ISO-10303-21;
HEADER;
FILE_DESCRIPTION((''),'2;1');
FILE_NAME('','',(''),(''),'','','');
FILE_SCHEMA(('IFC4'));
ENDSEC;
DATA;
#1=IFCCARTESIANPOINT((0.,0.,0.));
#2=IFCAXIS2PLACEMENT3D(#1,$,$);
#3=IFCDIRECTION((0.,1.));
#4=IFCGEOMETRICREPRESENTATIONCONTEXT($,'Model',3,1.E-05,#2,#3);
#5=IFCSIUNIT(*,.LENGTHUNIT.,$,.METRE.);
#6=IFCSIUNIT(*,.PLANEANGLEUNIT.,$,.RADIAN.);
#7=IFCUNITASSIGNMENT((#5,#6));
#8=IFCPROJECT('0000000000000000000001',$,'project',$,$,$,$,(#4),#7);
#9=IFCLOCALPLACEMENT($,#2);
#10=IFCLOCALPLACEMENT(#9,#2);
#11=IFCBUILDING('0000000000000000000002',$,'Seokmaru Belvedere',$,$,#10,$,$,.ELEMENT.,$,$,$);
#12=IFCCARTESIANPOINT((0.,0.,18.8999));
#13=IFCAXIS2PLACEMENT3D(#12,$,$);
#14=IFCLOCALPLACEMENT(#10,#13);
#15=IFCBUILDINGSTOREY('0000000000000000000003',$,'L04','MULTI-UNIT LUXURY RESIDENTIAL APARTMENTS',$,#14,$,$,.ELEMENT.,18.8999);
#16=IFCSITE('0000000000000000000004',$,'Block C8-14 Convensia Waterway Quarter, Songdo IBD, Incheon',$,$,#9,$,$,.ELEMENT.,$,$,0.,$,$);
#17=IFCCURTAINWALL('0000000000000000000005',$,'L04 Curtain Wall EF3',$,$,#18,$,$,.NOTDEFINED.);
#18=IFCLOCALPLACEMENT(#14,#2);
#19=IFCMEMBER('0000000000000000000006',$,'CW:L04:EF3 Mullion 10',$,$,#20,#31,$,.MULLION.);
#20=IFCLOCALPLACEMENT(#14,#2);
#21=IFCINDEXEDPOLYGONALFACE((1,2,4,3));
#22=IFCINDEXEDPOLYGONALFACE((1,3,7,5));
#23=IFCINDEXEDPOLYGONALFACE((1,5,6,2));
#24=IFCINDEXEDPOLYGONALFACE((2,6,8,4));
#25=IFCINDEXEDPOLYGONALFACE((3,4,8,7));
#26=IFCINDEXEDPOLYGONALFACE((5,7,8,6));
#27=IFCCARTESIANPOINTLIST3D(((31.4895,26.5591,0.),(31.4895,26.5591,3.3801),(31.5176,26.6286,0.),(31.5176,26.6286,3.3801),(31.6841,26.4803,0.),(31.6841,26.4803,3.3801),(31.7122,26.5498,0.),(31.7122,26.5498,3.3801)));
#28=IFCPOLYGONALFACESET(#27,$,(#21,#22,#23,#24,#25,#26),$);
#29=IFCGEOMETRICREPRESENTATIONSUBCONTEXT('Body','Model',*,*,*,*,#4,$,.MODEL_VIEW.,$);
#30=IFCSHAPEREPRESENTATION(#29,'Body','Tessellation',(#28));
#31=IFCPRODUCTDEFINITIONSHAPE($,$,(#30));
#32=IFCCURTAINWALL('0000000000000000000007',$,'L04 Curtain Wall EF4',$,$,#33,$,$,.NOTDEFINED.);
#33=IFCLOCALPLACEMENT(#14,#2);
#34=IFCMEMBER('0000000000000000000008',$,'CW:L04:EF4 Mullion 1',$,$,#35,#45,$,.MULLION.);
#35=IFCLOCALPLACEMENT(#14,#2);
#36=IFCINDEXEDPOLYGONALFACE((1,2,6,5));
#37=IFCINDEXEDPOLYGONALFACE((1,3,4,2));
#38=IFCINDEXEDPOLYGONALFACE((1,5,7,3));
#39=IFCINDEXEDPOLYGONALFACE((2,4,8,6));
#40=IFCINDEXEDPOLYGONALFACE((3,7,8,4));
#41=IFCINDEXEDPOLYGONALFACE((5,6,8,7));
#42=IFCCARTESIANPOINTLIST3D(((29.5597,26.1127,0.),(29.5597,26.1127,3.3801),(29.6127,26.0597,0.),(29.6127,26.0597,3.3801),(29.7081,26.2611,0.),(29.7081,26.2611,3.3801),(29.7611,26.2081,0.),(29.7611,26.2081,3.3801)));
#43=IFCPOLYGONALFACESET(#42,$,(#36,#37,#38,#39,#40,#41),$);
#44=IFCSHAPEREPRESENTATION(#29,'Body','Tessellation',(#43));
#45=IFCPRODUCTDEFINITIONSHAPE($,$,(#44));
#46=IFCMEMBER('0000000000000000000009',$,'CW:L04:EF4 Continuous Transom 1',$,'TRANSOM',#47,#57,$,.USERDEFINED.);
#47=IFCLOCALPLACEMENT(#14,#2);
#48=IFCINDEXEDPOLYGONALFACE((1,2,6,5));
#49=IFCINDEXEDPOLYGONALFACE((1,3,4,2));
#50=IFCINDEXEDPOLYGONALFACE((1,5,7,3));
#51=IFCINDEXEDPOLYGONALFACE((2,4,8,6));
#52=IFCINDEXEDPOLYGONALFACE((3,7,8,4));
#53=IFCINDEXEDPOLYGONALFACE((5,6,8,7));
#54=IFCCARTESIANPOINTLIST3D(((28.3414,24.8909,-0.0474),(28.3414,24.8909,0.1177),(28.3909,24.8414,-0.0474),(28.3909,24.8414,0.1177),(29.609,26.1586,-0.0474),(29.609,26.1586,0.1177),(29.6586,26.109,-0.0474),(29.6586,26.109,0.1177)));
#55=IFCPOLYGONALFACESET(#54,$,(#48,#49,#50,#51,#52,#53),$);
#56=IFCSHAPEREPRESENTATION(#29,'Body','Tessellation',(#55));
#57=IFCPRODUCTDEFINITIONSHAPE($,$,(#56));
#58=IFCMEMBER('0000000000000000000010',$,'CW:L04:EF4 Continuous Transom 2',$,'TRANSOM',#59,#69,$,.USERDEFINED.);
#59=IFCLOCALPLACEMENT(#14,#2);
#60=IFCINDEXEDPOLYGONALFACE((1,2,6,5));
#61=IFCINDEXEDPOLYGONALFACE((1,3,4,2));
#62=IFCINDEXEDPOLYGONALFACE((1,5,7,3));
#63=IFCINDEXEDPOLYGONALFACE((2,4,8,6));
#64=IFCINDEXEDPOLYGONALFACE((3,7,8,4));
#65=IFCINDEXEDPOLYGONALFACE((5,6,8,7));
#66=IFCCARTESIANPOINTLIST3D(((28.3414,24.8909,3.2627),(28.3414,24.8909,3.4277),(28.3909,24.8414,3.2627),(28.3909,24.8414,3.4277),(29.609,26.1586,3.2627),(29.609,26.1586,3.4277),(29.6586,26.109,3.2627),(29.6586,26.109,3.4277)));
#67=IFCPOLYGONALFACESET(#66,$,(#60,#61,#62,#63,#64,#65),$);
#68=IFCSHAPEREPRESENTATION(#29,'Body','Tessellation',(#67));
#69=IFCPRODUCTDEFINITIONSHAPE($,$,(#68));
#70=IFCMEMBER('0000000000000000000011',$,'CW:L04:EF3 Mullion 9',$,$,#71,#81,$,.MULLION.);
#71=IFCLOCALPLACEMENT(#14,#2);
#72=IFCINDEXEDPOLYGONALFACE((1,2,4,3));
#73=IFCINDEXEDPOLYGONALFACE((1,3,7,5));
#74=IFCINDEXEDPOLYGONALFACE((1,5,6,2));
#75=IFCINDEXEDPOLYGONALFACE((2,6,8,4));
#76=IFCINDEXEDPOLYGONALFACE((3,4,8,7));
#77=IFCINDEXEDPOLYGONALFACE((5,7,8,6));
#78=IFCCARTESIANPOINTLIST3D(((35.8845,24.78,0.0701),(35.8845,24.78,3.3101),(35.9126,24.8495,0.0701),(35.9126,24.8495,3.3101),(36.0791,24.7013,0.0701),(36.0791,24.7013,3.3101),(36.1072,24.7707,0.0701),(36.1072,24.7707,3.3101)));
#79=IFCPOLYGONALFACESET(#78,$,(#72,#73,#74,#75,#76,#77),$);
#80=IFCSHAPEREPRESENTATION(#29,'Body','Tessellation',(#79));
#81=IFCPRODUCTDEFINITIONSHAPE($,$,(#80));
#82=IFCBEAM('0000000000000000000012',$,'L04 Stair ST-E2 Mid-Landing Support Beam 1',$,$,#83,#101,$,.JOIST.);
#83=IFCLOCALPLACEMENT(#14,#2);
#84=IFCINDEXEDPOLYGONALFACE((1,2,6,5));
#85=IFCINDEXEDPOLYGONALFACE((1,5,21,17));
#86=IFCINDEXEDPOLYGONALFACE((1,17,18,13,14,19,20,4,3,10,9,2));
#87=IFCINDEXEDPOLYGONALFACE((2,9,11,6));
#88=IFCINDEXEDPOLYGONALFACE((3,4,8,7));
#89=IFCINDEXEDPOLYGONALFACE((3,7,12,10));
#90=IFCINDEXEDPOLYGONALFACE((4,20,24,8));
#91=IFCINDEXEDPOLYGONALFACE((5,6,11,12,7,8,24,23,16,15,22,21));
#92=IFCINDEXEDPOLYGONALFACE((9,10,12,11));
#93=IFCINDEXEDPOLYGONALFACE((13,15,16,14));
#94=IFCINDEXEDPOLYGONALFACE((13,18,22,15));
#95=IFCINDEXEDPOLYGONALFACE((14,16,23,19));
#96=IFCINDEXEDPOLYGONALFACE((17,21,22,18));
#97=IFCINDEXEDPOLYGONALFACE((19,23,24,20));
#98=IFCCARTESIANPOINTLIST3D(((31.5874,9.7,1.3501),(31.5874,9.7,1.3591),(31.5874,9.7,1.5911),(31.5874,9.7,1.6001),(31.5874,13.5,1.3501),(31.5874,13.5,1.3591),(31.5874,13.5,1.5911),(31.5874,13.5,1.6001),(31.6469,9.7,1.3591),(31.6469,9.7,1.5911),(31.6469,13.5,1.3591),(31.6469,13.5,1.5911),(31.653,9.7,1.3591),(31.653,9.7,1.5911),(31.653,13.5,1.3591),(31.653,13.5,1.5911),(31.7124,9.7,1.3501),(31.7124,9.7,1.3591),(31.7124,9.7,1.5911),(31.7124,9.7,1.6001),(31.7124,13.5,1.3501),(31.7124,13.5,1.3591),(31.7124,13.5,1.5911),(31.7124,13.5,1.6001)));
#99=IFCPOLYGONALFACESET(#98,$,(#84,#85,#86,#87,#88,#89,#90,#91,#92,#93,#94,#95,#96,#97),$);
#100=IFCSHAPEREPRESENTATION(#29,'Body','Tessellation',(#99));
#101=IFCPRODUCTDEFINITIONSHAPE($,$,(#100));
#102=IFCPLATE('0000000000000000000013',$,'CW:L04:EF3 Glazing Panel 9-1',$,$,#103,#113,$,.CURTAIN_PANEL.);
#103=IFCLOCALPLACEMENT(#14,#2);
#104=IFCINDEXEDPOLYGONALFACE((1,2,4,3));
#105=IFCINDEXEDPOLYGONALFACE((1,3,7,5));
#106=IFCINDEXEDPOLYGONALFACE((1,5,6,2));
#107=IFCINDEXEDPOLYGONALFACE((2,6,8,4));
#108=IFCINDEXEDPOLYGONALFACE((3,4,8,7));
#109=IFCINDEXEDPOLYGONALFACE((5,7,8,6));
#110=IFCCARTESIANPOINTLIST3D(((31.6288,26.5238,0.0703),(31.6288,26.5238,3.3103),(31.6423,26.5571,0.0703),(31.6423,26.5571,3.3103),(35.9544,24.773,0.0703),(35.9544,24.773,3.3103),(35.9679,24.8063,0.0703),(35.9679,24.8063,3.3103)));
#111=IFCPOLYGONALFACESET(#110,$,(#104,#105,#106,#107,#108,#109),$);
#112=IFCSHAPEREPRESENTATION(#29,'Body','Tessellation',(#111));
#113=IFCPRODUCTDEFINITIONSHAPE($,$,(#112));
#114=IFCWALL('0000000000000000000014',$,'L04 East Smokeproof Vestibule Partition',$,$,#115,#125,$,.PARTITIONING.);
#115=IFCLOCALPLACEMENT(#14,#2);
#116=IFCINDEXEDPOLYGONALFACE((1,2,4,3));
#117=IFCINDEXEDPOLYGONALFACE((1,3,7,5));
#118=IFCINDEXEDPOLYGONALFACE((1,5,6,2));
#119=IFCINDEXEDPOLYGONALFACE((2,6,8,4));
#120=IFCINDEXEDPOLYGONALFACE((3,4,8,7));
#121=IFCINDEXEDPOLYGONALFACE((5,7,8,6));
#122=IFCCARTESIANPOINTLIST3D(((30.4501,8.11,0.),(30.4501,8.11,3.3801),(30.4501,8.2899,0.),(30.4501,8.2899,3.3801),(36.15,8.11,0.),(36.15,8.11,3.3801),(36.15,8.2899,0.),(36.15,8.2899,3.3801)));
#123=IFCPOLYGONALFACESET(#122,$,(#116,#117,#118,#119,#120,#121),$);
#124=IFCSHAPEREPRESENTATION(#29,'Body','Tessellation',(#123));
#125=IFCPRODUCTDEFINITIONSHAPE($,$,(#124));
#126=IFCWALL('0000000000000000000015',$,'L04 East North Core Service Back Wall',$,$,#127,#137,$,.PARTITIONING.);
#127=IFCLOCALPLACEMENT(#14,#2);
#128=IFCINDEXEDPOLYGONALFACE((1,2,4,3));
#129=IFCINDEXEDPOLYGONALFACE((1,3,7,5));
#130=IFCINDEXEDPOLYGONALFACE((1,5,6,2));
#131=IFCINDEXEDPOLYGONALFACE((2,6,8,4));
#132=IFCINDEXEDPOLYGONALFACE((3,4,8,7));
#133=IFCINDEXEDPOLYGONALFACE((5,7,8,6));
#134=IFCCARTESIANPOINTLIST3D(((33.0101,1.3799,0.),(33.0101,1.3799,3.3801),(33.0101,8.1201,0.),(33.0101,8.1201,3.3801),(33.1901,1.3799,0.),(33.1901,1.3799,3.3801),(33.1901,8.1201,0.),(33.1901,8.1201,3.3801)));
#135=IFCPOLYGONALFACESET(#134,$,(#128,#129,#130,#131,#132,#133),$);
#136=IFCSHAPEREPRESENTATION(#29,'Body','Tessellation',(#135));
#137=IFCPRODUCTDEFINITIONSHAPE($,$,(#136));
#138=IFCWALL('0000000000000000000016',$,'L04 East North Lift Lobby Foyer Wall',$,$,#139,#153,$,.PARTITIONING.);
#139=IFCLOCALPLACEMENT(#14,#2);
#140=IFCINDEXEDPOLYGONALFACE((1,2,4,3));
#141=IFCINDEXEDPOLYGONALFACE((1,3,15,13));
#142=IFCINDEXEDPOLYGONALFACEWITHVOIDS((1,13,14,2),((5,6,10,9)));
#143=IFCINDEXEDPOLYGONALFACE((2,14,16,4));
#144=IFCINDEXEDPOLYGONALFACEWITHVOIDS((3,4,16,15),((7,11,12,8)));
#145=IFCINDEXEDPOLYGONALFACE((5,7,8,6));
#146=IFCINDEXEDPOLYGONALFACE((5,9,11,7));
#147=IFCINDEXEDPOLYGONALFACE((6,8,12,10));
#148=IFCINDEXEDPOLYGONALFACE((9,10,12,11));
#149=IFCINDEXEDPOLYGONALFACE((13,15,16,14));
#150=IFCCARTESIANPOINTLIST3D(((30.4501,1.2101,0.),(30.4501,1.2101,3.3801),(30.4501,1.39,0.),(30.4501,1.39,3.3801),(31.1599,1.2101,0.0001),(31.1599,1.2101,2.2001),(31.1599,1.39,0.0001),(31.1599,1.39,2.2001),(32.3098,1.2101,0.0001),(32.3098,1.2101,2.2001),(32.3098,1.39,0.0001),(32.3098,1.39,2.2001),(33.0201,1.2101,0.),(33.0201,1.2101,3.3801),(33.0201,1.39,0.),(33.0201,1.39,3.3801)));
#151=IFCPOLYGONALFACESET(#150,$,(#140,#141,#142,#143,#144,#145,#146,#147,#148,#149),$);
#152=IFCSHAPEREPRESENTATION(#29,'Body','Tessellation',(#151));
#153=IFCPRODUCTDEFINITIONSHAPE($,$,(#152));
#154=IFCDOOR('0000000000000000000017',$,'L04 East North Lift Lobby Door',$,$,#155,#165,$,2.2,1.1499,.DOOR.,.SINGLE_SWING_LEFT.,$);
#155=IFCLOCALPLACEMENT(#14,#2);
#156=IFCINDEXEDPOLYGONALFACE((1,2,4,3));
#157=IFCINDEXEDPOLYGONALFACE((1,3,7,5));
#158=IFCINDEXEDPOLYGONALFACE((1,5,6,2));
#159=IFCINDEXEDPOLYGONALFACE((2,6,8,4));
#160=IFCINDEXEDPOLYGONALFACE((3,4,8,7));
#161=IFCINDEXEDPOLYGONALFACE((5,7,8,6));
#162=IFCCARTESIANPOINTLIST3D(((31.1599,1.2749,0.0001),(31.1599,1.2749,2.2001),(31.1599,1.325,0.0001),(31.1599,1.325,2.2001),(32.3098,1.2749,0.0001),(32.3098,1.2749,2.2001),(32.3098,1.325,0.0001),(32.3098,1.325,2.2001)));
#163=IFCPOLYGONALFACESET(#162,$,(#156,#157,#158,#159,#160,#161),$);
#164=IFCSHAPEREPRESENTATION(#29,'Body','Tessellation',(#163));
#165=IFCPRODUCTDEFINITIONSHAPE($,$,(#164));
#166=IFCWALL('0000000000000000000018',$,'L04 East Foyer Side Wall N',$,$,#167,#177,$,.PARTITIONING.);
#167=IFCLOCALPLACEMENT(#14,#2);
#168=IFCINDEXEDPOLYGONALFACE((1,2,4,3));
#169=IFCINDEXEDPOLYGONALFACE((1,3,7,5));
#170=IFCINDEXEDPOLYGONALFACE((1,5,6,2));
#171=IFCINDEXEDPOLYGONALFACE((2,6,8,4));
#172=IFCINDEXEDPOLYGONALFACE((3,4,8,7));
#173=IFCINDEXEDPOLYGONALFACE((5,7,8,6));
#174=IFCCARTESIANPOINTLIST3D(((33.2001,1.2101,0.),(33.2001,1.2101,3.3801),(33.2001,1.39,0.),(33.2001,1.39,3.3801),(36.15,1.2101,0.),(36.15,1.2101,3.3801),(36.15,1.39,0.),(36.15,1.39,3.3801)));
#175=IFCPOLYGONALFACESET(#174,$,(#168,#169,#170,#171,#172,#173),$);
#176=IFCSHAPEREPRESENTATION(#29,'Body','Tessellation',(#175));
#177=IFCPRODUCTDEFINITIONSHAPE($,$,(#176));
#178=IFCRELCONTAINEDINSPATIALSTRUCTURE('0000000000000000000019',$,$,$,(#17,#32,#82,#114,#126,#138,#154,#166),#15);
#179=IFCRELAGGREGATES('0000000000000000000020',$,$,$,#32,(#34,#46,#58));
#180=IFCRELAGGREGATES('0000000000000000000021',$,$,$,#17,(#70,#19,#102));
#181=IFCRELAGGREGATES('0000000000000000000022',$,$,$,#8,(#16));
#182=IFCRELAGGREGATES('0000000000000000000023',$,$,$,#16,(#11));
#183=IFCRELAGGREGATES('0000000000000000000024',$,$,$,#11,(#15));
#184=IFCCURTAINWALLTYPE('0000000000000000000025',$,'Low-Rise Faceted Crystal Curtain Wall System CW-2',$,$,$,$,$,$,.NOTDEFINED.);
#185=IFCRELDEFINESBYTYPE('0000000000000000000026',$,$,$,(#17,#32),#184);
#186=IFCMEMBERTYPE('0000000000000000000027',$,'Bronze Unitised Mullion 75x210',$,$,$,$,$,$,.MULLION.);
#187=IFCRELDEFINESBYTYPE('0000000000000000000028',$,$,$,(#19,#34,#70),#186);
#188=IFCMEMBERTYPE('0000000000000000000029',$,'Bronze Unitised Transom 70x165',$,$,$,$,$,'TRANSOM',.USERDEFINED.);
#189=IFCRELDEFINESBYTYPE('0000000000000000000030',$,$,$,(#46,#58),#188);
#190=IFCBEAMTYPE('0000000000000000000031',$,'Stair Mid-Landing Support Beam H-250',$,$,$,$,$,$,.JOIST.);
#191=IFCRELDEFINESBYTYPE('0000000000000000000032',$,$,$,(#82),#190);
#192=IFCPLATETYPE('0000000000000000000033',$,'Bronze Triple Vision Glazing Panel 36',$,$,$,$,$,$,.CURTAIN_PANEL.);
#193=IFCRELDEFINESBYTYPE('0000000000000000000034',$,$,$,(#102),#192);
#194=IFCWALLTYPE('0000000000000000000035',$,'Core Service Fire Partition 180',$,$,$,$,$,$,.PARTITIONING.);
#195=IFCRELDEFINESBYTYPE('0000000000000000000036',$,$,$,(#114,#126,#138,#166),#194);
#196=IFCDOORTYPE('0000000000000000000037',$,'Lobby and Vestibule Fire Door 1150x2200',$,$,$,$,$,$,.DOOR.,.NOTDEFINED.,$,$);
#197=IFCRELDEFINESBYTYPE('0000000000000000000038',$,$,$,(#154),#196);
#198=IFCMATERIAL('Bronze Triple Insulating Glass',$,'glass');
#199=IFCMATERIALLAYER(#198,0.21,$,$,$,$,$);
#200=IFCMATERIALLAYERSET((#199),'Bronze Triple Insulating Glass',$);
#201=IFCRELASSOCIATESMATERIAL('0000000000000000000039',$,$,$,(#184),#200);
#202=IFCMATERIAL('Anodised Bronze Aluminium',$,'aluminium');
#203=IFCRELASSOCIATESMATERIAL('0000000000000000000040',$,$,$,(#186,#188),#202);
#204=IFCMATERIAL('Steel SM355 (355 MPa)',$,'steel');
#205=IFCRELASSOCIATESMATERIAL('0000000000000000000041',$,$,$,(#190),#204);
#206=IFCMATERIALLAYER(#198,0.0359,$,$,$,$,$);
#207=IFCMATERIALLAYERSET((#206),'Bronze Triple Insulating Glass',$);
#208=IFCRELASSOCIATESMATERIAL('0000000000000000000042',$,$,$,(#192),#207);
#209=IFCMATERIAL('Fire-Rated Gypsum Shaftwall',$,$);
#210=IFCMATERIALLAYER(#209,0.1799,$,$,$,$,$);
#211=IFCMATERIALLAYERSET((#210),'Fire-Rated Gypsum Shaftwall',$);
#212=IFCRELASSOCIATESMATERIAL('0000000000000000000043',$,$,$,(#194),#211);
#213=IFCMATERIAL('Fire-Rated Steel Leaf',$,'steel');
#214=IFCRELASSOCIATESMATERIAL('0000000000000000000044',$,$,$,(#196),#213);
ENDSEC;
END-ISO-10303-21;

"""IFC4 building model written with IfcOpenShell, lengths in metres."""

from ifc_helpers import new_model, si_unit, direction, frame, frame_2d, origin, origin_2d, place, context, subcontext, project, spatial, rectangle, i_section, extrude, source, transform, mapped, material, layer, layer_set, material_profile, profile_set, type_object, type_shapes, element, fill, aggregate, save


model = new_model("IFC4")

# Units and contexts
model_context = context("Model", 3, precision=1e-05, world=origin(), true_north=direction((0.0, 1.0)))
body_context = subcontext(model_context, "Body", "Model", "MODEL_VIEW")
ifc_project = project(units=[si_unit("LENGTHUNIT", "METRE"), si_unit("PLANEANGLEUNIT", "RADIAN")], contexts=[model_context])

# Site, building, storey
site_placement = place(None, origin())
site = spatial("IfcSite", under=ifc_project, at=site_placement, Name="Block C8-14 Convensia Waterway Quarter, Songdo IBD, Incheon", CompositionType="ELEMENT", RefElevation=0.0)
building_placement = place(site_placement, origin())
building = spatial("IfcBuilding", under=site, at=building_placement, Name="Seokmaru Belvedere", CompositionType="ELEMENT")
storey_placement = place(building_placement, frame((0.0, 0.0, 18.8999)))
storey = spatial("IfcBuildingStorey", under=building, at=storey_placement, Name="L04", Description="MULTI-UNIT LUXURY RESIDENTIAL APARTMENTS", CompositionType="ELEMENT", Elevation=18.8999)

# Shared definitions
ifc_material_1 = material(Name="Steel SM355 (355 MPa)", Category="steel")

# Curtain wall, member
ifc_material_2 = material(Name="Bronze Triple Insulating Glass", Category="glass")
ifc_layer_1 = layer(ifc_material_2, 0.21)
ifc_layer_set_1 = layer_set([ifc_layer_1], Name="Bronze Triple Insulating Glass")
curtain_wall_type = type_object("IfcCurtainWallType", Name="Low-Rise Faceted Crystal Curtain Wall System CW-2", PredefinedType="NOTDEFINED", material=ifc_layer_set_1)
curtain_wall_1_placement = place(storey_placement, origin())
curtain_wall_1 = element("IfcCurtainWall", 1, at=curtain_wall_1_placement, inside=storey, type_object=curtain_wall_type, Name="L04 Curtain Wall EF3", PredefinedType="NOTDEFINED")
ifc_material_3 = material(Name="Anodised Bronze Aluminium", Category="aluminium")
ifc_material_profile_1 = material_profile(ifc_material_3, rectangle(XDim=0.075, YDim=0.21, at=origin_2d()), Name="CW-M-75x210")
ifc_profile_set_1 = profile_set([ifc_material_profile_1], Name="Anodised Bronze Aluminium")
member_type_1 = type_object("IfcMemberType", Name="Bronze Unitised Mullion 75x210", PredefinedType="MULLION", material=ifc_profile_set_1)
shared_shape_1 = source(origin(), body_context, "Body", "SweptSolid", [
    extrude(rectangle(XDim=0.075, YDim=0.21, at=origin_2d()), origin(), (0.0, 0.0, 1.0), 3.3801),
])
member_1_placement = place(storey_placement, frame((31.6008, 26.5544, 0.0), z_axis=(0.0, 0.0, 1.0), x_axis=(-0.375192, -0.926947, 0.0)))
member_1 = element("IfcMember", 2, at=member_1_placement, type_object=member_type_1, Name="CW:L04:EF3 Mullion 10", PredefinedType="MULLION", context=body_context, shape_type="MappedRepresentation", body=[
    mapped(shared_shape_1, transform((0.0, 0.0, 0.0), scale=1.0)),
])

# Curtain wall, members
curtain_wall_2_placement = place(storey_placement, origin())
curtain_wall_2 = element("IfcCurtainWall", 3, at=curtain_wall_2_placement, inside=storey, type_object=curtain_wall_type, Name="L04 Curtain Wall EF4", PredefinedType="NOTDEFINED")
member_2_placement = place(storey_placement, frame((29.6604, 26.1604, 0.0), z_axis=(0.0, 0.0, 1.0), x_axis=(0.707107, -0.707107, 0.0)))
member_2 = element("IfcMember", 4, at=member_2_placement, type_object=member_type_1, Name="CW:L04:EF4 Mullion 1", PredefinedType="MULLION", context=body_context, shape_type="MappedRepresentation", body=[
    mapped(shared_shape_1, transform((0.0, 0.0, 0.0), scale=1.0)),
])
ifc_material_profile_2 = material_profile(ifc_material_3, rectangle(XDim=0.0701, YDim=0.165, at=origin_2d()), Name="CW-T-70x165")
ifc_profile_set_2 = profile_set([ifc_material_profile_2], Name="Anodised Bronze Aluminium")
member_type_2 = type_object("IfcMemberType", Name="Bronze Unitised Transom 70x165", ElementType="TRANSOM", PredefinedType="USERDEFINED", material=ifc_profile_set_2)
shared_shape_2 = source(origin(), body_context, "Body", "SweptSolid", [
    extrude(rectangle(XDim=0.0701, YDim=0.165, at=origin_2d()), origin(), (0.0, 0.0, 1.0), 1.7927),
])
type_shapes(member_type_2, [shared_shape_2])
member_3_placement = place(storey_placement, frame((29.6338, 26.1338, 0.0352), z_axis=(-0.707107, -0.707107, 0.0), x_axis=(0.707107, -0.707107, 0.0)))
member_3 = element("IfcMember", 5, at=member_3_placement, type_object=member_type_2, Name="CW:L04:EF4 Continuous Transom 1", ObjectType="TRANSOM", PredefinedType="USERDEFINED", context=body_context, shape_type="MappedRepresentation", body=[
    mapped(shared_shape_2, transform((0.0, 0.0, 0.0), scale=1.0)),
])
member_4_placement = place(storey_placement, frame((29.6338, 26.1338, 3.3452), z_axis=(-0.707107, -0.707107, 0.0), x_axis=(0.707107, -0.707107, 0.0)))
member_4 = element("IfcMember", 6, at=member_4_placement, type_object=member_type_2, Name="CW:L04:EF4 Continuous Transom 2", ObjectType="TRANSOM", PredefinedType="USERDEFINED", context=body_context, shape_type="MappedRepresentation", body=[
    mapped(shared_shape_2, transform((0.0, 0.0, 0.0), scale=1.0)),
])
aggregate(curtain_wall_2, [member_2, member_3, member_4])

# Member
shared_shape_3 = source(origin(), body_context, "Body", "SweptSolid", [
    extrude(rectangle(XDim=0.075, YDim=0.21, at=origin_2d()), origin(), (0.0, 0.0, 1.0), 3.24),
])
type_shapes(member_type_1, [shared_shape_1, shared_shape_3])
member_5_placement = place(storey_placement, frame((35.9958, 24.7754, 0.0701), z_axis=(0.0, 0.0, 1.0), x_axis=(-0.375192, -0.926947, 0.0)))
member_5 = element("IfcMember", 7, at=member_5_placement, type_object=member_type_1, Name="CW:L04:EF3 Mullion 9", PredefinedType="MULLION", context=body_context, shape_type="MappedRepresentation", body=[
    mapped(shared_shape_3, transform((0.0, 0.0, 0.0), scale=1.0)),
])

# Beam
ifc_material_profile_3 = material_profile(ifc_material_1, i_section(OverallWidth=0.125, OverallDepth=0.25, WebThickness=0.0061, FlangeThickness=0.009, at=origin_2d()), Name="H-250x125x6x9")
ifc_profile_set_3 = profile_set([ifc_material_profile_3], Name="Steel SM355 (355 MPa)")
beam_type_1 = type_object("IfcBeamType", Name="Stair Mid-Landing Support Beam H-250", PredefinedType="JOIST", material=ifc_profile_set_3)
shared_shape_4 = source(origin(), body_context, "Body", "SweptSolid", [
    extrude(i_section(OverallWidth=0.125, OverallDepth=0.25, WebThickness=0.0061, FlangeThickness=0.009, at=origin_2d()), origin(), (0.0, 0.0, 1.0), 3.8),
])
type_shapes(beam_type_1, [shared_shape_4])
beam_1_placement = place(storey_placement, frame((31.6499, 9.7, 1.4751), z_axis=(0.0, 1.0, 0.0), x_axis=(-1.0, 0.0, 0.0)))
element("IfcBeam", 8, at=beam_1_placement, inside=storey, type_object=beam_type_1, Name="L04 Stair ST-E2 Mid-Landing Support Beam 1", PredefinedType="JOIST", context=body_context, shape_type="MappedRepresentation", body=[
    mapped(shared_shape_4, transform((0.0, 0.0, 0.0), scale=1.0)),
])

# Plate
ifc_layer_2 = layer(ifc_material_2, 0.0359)
ifc_layer_set_2 = layer_set([ifc_layer_2], Name="Bronze Triple Insulating Glass")
plate_type = type_object("IfcPlateType", Name="Bronze Triple Vision Glazing Panel 36", PredefinedType="CURTAIN_PANEL", material=ifc_layer_set_2)
shared_shape_5 = source(origin(), body_context, "Body", "SweptSolid", [
    extrude(rectangle(XDim=4.6665, YDim=0.0359, at=origin_2d()), origin(), (0.0, 0.0, 1.0), 3.24),
])
type_shapes(plate_type, [shared_shape_5])
plate_placement = place(storey_placement, frame((33.7983, 25.665, 0.0703), z_axis=(0.0, 0.0, 1.0), x_axis=(-0.926947, 0.375192, 0.0)))
plate = element("IfcPlate", 9, at=plate_placement, type_object=plate_type, Name="CW:L04:EF3 Glazing Panel 9-1", PredefinedType="CURTAIN_PANEL", context=body_context, shape_type="MappedRepresentation", body=[
    mapped(shared_shape_5, transform((0.0, 0.0, 0.0), scale=1.0)),
])
aggregate(curtain_wall_1, [member_5, member_1, plate])

# Walls
ifc_material_4 = material(Name="Fire-Rated Gypsum Shaftwall")
ifc_layer_3 = layer(ifc_material_4, 0.1799)
ifc_layer_set_3 = layer_set([ifc_layer_3], Name="Fire-Rated Gypsum Shaftwall")
wall_type_1 = type_object("IfcWallType", Name="Core Service Fire Partition 180", PredefinedType="PARTITIONING", material=ifc_layer_set_3)
wall_1_placement = place(storey_placement, frame((30.45, 8.2, 0.0), z_axis=(0.0, 0.0, 1.0), x_axis=(1.0, 0.0, 0.0)))
element("IfcWall", 10, at=wall_1_placement, inside=storey, type_object=wall_type_1, Name="L04 East Smokeproof Vestibule Partition", PredefinedType="PARTITIONING", context=body_context, shape_type="SweptSolid", body=[
    extrude(rectangle(XDim=5.7, YDim=0.1799, at=frame_2d((2.8501, 0.0))), origin(), (0.0, 0.0, 1.0), 3.3801),
])
wall_2_placement = place(storey_placement, frame((33.1001, 1.3799, 0.0), z_axis=(0.0, 0.0, 1.0), x_axis=(0.0, 1.0, 0.0)))
element("IfcWall", 11, at=wall_2_placement, inside=storey, type_object=wall_type_1, Name="L04 East North Core Service Back Wall", PredefinedType="PARTITIONING", context=body_context, shape_type="SweptSolid", body=[
    extrude(rectangle(XDim=6.7402, YDim=0.1799, at=frame_2d((3.3701, 0.0))), origin(), (0.0, 0.0, 1.0), 3.3801),
])

# Wall, opening, door
wall_3_placement = place(storey_placement, frame((30.45, 1.3, 0.0), z_axis=(0.0, 0.0, 1.0), x_axis=(1.0, 0.0, 0.0)))
wall_3 = element("IfcWall", 12, at=wall_3_placement, inside=storey, type_object=wall_type_1, Name="L04 East North Lift Lobby Foyer Wall", PredefinedType="PARTITIONING", context=body_context, shape_type="SweptSolid", body=[
    extrude(rectangle(XDim=2.5701, YDim=0.1799, at=frame_2d((1.2852, 0.0))), origin(), (0.0, 0.0, 1.0), 3.3801),
])
opening_1_placement = place(wall_3_placement, frame((0.71, 0.0, 0.0)))
opening_1 = element("IfcOpeningElement", 13, at=opening_1_placement, cuts=wall_3, PredefinedType="OPENING", context=body_context, shape_type="SweptSolid", body=[
    extrude(rectangle(XDim=1.1499, YDim=2.2, at=frame_2d((0.575, 1.1001))), frame((0.0, 0.1001, 0.0), z_axis=(0.0, -1.0, 0.0), x_axis=(1.0, 0.0, 0.0)), (0.0, 0.0, 1.0), 0.2),
])
ifc_material_5 = material(Name="Fire-Rated Steel Leaf", Category="steel")
door_type_1 = type_object("IfcDoorType", Name="Lobby and Vestibule Fire Door 1150x2200", OperationType="NOTDEFINED", PredefinedType="DOOR", material=ifc_material_5)
shared_shape_6 = source(origin(), body_context, "Body", "SweptSolid", [
    extrude(rectangle(XDim=1.1499, YDim=2.2, at=frame_2d((0.575, 1.1001))), frame((0.0, 0.0249, 0.0), z_axis=(0.0, -1.0, 0.0), x_axis=(1.0, 0.0, 0.0)), (0.0, 0.0, 1.0), 0.05),
])
type_shapes(door_type_1, [shared_shape_6])
door_1_placement = place(opening_1_placement, origin())
door_1 = element("IfcDoor", 14, at=door_1_placement, inside=storey, type_object=door_type_1, Name="L04 East North Lift Lobby Door", OperationType="SINGLE_SWING_LEFT", OverallHeight=2.2, OverallWidth=1.1499, PredefinedType="DOOR", context=body_context, shape_type="MappedRepresentation", body=[
    mapped(shared_shape_6, transform((0.0, 0.0, 0.0), scale=1.0)),
])
fill(opening_1, door_1)

# Wall
wall_4_placement = place(storey_placement, frame((33.2, 1.3, 0.0), z_axis=(0.0, 0.0, 1.0), x_axis=(1.0, 0.0, 0.0)))
element("IfcWall", 15, at=wall_4_placement, inside=storey, type_object=wall_type_1, Name="L04 East Foyer Side Wall N", PredefinedType="PARTITIONING", context=body_context, shape_type="SweptSolid", body=[
    extrude(rectangle(XDim=2.95, YDim=0.1799, at=frame_2d((1.4751, 0.0))), origin(), (0.0, 0.0, 1.0), 3.3801),
])

save(model, "model.ifc")
